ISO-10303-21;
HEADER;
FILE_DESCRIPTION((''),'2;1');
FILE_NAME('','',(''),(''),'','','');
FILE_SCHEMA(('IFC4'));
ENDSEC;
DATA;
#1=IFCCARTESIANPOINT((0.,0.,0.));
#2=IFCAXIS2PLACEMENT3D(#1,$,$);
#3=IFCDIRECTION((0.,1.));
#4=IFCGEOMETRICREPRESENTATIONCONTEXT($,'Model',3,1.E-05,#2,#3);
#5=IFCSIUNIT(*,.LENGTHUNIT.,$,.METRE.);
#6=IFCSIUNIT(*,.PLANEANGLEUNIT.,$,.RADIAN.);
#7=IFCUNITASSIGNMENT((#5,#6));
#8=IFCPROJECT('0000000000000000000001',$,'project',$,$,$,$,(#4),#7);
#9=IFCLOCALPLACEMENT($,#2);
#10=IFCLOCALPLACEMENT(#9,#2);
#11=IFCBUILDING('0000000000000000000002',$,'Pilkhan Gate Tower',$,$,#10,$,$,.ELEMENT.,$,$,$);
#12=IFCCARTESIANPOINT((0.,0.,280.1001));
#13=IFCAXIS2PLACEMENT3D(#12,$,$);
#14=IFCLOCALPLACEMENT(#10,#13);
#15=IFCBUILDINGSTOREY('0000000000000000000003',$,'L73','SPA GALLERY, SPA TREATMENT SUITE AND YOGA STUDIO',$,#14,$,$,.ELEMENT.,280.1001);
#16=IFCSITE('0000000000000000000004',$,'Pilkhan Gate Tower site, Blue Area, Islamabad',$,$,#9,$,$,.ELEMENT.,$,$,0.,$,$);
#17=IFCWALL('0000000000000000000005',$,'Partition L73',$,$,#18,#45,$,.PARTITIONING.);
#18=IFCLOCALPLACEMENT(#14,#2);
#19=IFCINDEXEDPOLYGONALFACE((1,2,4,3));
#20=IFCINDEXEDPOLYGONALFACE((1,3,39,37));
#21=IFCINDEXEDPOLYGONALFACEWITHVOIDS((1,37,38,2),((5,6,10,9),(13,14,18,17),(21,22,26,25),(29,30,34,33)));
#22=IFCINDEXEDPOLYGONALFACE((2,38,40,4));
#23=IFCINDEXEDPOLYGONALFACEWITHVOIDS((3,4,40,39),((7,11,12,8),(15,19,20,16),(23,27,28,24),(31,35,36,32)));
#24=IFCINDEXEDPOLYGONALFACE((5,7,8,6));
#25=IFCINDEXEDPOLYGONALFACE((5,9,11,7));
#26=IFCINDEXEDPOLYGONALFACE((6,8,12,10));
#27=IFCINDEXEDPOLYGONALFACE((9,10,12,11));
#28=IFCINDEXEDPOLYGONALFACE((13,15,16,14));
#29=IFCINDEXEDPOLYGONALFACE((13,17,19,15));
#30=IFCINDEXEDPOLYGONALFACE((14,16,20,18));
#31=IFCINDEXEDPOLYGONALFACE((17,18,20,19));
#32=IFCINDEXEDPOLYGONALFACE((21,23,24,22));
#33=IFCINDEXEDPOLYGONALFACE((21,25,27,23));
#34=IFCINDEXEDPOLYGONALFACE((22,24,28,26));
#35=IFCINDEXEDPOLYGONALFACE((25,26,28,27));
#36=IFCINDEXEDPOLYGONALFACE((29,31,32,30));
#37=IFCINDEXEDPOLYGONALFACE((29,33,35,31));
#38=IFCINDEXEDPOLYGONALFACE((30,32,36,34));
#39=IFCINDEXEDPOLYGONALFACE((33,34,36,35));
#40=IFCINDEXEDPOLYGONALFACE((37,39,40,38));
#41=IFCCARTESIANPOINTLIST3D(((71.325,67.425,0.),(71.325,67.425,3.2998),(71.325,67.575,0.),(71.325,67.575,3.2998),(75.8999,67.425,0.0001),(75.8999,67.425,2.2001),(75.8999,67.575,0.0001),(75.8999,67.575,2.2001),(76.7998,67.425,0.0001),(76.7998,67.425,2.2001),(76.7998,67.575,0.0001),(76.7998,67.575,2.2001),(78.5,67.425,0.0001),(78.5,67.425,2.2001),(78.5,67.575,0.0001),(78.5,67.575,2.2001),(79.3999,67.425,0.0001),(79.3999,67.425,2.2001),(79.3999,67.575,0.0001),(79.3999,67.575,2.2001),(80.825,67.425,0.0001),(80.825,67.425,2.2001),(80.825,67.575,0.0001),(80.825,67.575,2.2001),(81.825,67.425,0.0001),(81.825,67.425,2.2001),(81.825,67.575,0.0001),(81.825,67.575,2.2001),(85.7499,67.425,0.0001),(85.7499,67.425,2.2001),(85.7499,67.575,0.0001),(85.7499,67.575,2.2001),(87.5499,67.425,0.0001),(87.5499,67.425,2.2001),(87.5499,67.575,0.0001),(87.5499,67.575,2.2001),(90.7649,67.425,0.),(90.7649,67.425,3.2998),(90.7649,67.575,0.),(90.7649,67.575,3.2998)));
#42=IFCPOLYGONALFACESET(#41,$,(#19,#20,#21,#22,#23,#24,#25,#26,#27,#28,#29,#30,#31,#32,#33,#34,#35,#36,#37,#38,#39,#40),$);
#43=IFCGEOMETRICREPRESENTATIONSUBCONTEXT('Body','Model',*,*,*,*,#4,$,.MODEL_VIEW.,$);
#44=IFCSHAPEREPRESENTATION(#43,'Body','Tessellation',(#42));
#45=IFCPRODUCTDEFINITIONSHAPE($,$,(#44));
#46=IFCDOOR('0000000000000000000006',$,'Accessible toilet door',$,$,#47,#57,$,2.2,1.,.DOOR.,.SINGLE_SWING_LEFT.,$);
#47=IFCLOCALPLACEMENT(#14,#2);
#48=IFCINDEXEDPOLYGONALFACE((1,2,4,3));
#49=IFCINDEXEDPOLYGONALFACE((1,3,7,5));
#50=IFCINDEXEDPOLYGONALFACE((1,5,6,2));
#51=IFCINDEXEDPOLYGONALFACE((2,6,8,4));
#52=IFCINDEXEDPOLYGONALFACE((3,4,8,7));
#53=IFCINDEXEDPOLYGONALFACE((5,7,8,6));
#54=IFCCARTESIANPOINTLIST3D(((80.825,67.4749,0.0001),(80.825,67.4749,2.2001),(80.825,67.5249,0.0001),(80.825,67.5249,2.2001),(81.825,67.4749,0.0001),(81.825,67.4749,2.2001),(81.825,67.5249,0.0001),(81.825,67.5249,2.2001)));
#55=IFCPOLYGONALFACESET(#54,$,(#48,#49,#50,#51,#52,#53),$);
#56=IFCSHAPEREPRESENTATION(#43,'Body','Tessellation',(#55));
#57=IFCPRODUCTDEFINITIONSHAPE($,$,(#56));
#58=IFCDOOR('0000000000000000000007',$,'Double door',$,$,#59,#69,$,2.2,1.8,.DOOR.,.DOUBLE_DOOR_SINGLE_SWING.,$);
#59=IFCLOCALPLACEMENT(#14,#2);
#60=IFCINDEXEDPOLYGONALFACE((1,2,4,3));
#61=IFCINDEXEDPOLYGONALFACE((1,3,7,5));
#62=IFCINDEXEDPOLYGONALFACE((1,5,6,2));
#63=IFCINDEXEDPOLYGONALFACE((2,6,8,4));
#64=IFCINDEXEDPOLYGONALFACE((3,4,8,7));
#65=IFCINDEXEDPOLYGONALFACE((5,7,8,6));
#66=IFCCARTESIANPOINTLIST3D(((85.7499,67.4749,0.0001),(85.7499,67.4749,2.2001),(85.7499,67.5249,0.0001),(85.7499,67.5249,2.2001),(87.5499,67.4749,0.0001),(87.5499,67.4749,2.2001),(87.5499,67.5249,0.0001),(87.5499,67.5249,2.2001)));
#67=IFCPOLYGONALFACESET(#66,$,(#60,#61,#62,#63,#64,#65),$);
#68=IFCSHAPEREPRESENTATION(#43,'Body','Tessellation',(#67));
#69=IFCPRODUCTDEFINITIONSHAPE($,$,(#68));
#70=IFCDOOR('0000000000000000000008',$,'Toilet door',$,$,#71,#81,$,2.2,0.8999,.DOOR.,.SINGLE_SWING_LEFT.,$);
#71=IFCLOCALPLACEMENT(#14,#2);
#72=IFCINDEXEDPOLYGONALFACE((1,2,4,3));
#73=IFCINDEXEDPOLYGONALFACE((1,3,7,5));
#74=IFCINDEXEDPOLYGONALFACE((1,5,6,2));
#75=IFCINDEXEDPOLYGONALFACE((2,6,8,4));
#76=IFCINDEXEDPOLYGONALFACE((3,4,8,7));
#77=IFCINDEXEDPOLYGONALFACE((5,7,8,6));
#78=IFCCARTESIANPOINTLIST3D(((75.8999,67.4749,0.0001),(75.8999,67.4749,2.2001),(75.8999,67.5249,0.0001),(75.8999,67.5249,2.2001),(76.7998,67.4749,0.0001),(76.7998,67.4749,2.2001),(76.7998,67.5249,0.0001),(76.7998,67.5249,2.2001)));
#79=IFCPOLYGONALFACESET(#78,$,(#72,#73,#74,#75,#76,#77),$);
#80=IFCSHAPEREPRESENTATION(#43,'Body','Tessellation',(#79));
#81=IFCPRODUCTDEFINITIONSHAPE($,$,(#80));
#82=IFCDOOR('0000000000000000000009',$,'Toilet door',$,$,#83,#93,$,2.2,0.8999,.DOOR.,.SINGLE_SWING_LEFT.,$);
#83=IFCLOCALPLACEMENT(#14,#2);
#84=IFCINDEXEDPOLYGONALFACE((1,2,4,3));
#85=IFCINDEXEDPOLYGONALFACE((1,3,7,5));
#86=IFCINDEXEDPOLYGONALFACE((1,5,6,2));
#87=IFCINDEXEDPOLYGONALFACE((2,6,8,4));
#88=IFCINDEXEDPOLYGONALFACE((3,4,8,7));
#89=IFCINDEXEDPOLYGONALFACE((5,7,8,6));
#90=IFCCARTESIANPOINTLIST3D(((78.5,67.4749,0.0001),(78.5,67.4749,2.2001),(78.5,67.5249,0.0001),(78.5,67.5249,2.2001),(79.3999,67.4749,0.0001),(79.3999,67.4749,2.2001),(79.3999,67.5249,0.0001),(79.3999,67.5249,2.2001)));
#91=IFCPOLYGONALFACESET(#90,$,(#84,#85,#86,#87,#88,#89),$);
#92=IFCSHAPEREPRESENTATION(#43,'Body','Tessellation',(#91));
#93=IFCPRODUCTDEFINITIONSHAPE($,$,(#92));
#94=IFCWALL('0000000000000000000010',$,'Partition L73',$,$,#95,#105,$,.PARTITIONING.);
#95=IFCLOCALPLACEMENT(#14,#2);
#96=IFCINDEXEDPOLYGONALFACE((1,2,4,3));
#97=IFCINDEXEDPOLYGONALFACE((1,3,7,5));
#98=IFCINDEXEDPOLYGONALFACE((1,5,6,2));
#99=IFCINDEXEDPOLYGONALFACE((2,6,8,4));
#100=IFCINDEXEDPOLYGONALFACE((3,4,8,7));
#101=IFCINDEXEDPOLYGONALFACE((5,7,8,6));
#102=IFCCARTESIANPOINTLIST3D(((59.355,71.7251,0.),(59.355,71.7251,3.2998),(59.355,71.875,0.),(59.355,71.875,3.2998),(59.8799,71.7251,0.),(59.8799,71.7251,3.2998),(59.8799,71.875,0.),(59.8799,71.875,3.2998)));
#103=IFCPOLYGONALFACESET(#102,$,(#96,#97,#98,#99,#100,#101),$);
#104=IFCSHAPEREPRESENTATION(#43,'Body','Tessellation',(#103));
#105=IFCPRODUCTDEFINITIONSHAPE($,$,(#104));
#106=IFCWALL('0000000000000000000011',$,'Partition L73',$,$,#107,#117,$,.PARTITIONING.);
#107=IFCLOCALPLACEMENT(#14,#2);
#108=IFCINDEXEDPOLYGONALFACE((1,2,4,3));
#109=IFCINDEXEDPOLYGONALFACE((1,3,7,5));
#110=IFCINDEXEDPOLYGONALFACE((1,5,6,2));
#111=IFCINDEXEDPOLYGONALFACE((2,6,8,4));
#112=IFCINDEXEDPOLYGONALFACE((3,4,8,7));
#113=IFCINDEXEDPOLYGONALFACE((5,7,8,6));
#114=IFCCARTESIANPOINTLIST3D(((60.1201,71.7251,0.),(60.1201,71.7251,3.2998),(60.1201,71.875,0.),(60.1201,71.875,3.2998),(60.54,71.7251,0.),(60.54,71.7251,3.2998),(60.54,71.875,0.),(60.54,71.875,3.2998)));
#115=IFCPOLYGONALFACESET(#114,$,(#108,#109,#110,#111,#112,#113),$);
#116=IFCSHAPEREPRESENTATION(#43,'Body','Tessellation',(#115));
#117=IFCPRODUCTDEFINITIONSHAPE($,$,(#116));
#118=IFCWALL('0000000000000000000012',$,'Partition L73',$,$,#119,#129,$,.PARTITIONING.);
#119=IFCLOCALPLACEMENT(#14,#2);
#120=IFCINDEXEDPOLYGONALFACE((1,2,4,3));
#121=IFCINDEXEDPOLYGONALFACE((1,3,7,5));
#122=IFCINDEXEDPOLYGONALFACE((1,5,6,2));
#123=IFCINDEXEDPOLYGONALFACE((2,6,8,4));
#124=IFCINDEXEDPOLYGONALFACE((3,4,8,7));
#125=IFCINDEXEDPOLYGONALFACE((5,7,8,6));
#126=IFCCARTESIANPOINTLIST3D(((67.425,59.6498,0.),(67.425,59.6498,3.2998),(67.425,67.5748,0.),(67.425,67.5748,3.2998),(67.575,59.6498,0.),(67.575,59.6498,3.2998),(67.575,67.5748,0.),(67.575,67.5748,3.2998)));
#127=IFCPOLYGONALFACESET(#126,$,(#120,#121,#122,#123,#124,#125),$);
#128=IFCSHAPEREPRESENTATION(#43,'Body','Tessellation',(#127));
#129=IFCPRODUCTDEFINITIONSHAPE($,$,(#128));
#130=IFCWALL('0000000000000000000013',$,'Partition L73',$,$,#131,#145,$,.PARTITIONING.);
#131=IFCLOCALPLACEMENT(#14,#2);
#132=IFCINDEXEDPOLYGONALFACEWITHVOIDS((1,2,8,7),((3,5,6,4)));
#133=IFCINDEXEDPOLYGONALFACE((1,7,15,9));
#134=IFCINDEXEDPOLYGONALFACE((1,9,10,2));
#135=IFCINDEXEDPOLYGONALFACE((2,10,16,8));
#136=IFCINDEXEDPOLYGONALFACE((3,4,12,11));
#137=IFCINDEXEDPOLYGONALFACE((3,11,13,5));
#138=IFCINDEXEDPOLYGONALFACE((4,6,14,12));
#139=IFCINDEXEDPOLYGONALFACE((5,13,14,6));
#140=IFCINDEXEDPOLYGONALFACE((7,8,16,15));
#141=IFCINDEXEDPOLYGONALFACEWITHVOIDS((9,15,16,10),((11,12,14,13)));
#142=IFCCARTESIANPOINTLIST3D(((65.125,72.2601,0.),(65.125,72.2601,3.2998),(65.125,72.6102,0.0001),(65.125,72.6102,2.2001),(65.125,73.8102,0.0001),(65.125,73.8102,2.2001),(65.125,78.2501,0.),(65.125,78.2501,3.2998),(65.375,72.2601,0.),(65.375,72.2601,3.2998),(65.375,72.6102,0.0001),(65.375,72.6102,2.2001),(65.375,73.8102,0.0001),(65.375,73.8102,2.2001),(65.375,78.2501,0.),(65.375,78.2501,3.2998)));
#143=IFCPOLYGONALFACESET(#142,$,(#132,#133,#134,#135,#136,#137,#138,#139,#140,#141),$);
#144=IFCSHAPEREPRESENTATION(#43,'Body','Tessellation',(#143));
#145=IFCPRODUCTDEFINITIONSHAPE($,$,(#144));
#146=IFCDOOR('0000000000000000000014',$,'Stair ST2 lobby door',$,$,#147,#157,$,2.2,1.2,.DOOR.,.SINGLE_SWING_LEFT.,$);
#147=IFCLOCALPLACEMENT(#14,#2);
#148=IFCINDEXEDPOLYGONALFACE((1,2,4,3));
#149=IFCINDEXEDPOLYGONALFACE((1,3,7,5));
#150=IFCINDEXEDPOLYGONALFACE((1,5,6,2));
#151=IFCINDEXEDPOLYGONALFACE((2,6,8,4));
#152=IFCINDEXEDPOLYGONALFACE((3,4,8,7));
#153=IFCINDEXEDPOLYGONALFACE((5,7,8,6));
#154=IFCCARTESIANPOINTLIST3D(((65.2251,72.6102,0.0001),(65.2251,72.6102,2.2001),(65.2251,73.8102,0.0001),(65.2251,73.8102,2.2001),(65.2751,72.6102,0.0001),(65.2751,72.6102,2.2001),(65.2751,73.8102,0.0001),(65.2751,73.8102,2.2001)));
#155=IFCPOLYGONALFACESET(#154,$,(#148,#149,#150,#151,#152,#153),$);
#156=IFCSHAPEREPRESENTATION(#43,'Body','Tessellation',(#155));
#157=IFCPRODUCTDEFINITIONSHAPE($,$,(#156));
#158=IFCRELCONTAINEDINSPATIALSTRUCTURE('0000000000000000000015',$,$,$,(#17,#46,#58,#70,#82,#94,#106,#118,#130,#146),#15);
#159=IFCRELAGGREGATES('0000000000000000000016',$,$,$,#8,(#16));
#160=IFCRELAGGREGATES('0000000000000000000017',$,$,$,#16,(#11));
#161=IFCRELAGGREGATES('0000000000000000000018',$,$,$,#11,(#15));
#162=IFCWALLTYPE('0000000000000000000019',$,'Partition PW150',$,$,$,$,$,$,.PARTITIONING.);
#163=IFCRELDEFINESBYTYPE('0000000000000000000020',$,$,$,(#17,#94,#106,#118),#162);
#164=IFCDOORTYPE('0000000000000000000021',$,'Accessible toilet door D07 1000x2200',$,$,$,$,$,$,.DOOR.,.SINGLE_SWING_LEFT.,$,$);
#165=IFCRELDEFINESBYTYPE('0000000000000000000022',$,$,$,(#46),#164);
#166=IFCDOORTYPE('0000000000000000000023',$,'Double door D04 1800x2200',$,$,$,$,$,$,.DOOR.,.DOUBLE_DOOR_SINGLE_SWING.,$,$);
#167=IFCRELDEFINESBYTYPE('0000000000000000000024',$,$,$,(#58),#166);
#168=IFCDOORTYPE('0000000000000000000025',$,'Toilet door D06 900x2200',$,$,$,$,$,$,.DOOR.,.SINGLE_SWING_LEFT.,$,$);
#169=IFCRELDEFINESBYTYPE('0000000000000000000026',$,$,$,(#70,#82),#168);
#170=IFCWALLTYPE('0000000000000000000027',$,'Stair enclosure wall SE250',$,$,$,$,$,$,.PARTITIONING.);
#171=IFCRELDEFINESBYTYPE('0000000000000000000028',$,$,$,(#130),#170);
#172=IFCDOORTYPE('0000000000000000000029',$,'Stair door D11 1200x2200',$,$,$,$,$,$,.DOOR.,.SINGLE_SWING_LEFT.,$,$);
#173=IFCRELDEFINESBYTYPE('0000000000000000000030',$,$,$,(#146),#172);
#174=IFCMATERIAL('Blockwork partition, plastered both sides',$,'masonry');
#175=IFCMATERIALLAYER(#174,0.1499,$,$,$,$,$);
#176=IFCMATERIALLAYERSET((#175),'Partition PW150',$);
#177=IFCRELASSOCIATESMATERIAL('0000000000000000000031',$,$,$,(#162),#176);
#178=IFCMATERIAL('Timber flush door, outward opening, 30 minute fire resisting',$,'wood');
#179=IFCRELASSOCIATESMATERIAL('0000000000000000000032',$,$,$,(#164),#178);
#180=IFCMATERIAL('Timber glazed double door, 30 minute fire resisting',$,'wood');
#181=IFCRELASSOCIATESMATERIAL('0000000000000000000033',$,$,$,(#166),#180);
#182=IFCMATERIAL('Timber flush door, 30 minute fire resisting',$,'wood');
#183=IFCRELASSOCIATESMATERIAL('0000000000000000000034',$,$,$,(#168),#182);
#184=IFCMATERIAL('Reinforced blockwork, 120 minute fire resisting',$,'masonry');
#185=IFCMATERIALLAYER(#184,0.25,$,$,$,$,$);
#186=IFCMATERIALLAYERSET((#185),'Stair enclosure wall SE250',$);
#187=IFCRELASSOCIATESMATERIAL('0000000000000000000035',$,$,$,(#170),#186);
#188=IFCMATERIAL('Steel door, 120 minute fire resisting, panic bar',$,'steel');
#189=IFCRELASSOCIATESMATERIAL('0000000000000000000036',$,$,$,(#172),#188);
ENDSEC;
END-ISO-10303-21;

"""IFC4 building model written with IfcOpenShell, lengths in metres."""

from ifc_helpers import new_model, si_unit, direction, frame, frame_2d, origin, place, context, subcontext, project, spatial, rectangle, extrude, material, layer, layer_set, type_object, element, fill, save


model = new_model("IFC4")

# Units and contexts
model_context = context("Model", 3, precision=1e-05, world=origin(), true_north=direction((0.0, 1.0)))
body_context = subcontext(model_context, "Body", "Model", "MODEL_VIEW")
ifc_project = project(units=[si_unit("LENGTHUNIT", "METRE"), si_unit("PLANEANGLEUNIT", "RADIAN")], contexts=[model_context])

# Site, building, storey
site_placement = place(None, origin())
site = spatial("IfcSite", under=ifc_project, at=site_placement, Name="Pilkhan Gate Tower site, Blue Area, Islamabad", CompositionType="ELEMENT", RefElevation=0.0)
building_placement = place(site_placement, origin())
building = spatial("IfcBuilding", under=site, at=building_placement, Name="Pilkhan Gate Tower", CompositionType="ELEMENT")
storey_placement = place(building_placement, frame((0.0, 0.0, 280.1001)))
storey = spatial("IfcBuildingStorey", under=building, at=storey_placement, Name="L73", Description="SPA GALLERY, SPA TREATMENT SUITE AND YOGA STUDIO", CompositionType="ELEMENT", Elevation=280.1001)

# Shared definitions
ifc_material_1 = material(Name="Blockwork partition, plastered both sides", Category="masonry")
ifc_layer_1 = layer(ifc_material_1, 0.1499)
ifc_layer_set_1 = layer_set([ifc_layer_1], Name="Partition PW150")
wall_type_1 = type_object("IfcWallType", Name="Partition PW150", PredefinedType="PARTITIONING", material=ifc_layer_set_1)

# Shared definitions
ifc_material_2 = material(Name="Timber flush door, 30 minute fire resisting", Category="wood")

# Wall, openings, doors
wall_1_placement = place(storey_placement, frame((71.325, 67.5, 0.0), z_axis=(0.0, 0.0, 1.0), x_axis=(1.0, 0.0, 0.0)))
wall_1 = element("IfcWall", 1, at=wall_1_placement, inside=storey, type_object=wall_type_1, Name="Partition L73", PredefinedType="PARTITIONING", context=body_context, shape_type="SweptSolid", body=[
    extrude(rectangle(XDim=19.4399, YDim=0.1499, at=frame_2d((9.72, 0.0))), origin(), (0.0, 0.0, 1.0), 3.2998),
])
opening_1_placement = place(wall_1_placement, frame((4.575, 0.0, 0.0)))
opening_1 = element("IfcOpeningElement", 2, at=opening_1_placement, cuts=wall_1, PredefinedType="OPENING", context=body_context, shape_type="SweptSolid", body=[
    extrude(rectangle(XDim=0.8999, YDim=2.2, at=frame_2d((0.45, 1.1001))), frame((0.0, 0.085, 0.0), z_axis=(0.0, -1.0, 0.0), x_axis=(1.0, 0.0, 0.0)), (0.0, 0.0, 1.0), 0.1699),
])
opening_2_placement = place(wall_1_placement, frame((7.175, 0.0, 0.0)))
opening_2 = element("IfcOpeningElement", 3, at=opening_2_placement, cuts=wall_1, PredefinedType="OPENING", context=body_context, shape_type="SweptSolid", body=[
    extrude(rectangle(XDim=0.8999, YDim=2.2, at=frame_2d((0.45, 1.1001))), frame((0.0, 0.085, 0.0), z_axis=(0.0, -1.0, 0.0), x_axis=(1.0, 0.0, 0.0)), (0.0, 0.0, 1.0), 0.1699),
])
opening_3_placement = place(wall_1_placement, frame((9.5, 0.0, 0.0)))
opening_3 = element("IfcOpeningElement", 4, at=opening_3_placement, cuts=wall_1, PredefinedType="OPENING", context=body_context, shape_type="SweptSolid", body=[
    extrude(rectangle(XDim=1.0, YDim=2.2, at=frame_2d((0.5, 1.1001))), frame((0.0, 0.085, 0.0), z_axis=(0.0, -1.0, 0.0), x_axis=(1.0, 0.0, 0.0)), (0.0, 0.0, 1.0), 0.1699),
])
opening_4_placement = place(wall_1_placement, frame((14.425, 0.0, 0.0)))
opening_4 = element("IfcOpeningElement", 5, at=opening_4_placement, cuts=wall_1, PredefinedType="OPENING", context=body_context, shape_type="SweptSolid", body=[
    extrude(rectangle(XDim=1.8, YDim=2.2, at=frame_2d((0.8999, 1.1001))), frame((0.0, 0.085, 0.0), z_axis=(0.0, -1.0, 0.0), x_axis=(1.0, 0.0, 0.0)), (0.0, 0.0, 1.0), 0.1699),
])
ifc_material_3 = material(Name="Timber flush door, outward opening, 30 minute fire resisting", Category="wood")
door_type_1 = type_object("IfcDoorType", Name="Accessible toilet door D07 1000x2200", OperationType="SINGLE_SWING_LEFT", PredefinedType="DOOR", material=ifc_material_3)
door_1_placement = place(opening_3_placement, origin())
door_1 = element("IfcDoor", 6, at=door_1_placement, inside=storey, type_object=door_type_1, Name="Accessible toilet door", OperationType="SINGLE_SWING_LEFT", OverallHeight=2.2, OverallWidth=1.0, PredefinedType="DOOR", context=body_context, shape_type="SweptSolid", body=[
    extrude(rectangle(XDim=1.0, YDim=2.2, at=frame_2d((0.5, 1.1001))), frame((0.0, 0.0249, 0.0), z_axis=(0.0, -1.0, 0.0), x_axis=(1.0, 0.0, 0.0)), (0.0, 0.0, 1.0), 0.05),
])
fill(opening_3, door_1)
ifc_material_4 = material(Name="Timber glazed double door, 30 minute fire resisting", Category="wood")
door_type_2 = type_object("IfcDoorType", Name="Double door D04 1800x2200", OperationType="DOUBLE_DOOR_SINGLE_SWING", PredefinedType="DOOR", material=ifc_material_4)
door_2_placement = place(opening_4_placement, origin())
door_2 = element("IfcDoor", 7, at=door_2_placement, inside=storey, type_object=door_type_2, Name="Double door", OperationType="DOUBLE_DOOR_SINGLE_SWING", OverallHeight=2.2, OverallWidth=1.8, PredefinedType="DOOR", context=body_context, shape_type="SweptSolid", body=[
    extrude(rectangle(XDim=1.8, YDim=2.2, at=frame_2d((0.8999, 1.1001))), frame((0.0, 0.0249, 0.0), z_axis=(0.0, -1.0, 0.0), x_axis=(1.0, 0.0, 0.0)), (0.0, 0.0, 1.0), 0.05),
])
fill(opening_4, door_2)
door_type_3 = type_object("IfcDoorType", Name="Toilet door D06 900x2200", OperationType="SINGLE_SWING_LEFT", PredefinedType="DOOR", material=ifc_material_2)
door_3_placement = place(opening_1_placement, origin())
door_3 = element("IfcDoor", 8, at=door_3_placement, inside=storey, type_object=door_type_3, Name="Toilet door", OperationType="SINGLE_SWING_LEFT", OverallHeight=2.2, OverallWidth=0.8999, PredefinedType="DOOR", context=body_context, shape_type="SweptSolid", body=[
    extrude(rectangle(XDim=0.8999, YDim=2.2, at=frame_2d((0.45, 1.1001))), frame((0.0, 0.0249, 0.0), z_axis=(0.0, -1.0, 0.0), x_axis=(1.0, 0.0, 0.0)), (0.0, 0.0, 1.0), 0.05),
])
fill(opening_1, door_3)
door_4_placement = place(opening_2_placement, origin())
door_4 = element("IfcDoor", 9, at=door_4_placement, inside=storey, type_object=door_type_3, Name="Toilet door", OperationType="SINGLE_SWING_LEFT", OverallHeight=2.2, OverallWidth=0.8999, PredefinedType="DOOR", context=body_context, shape_type="SweptSolid", body=[
    extrude(rectangle(XDim=0.8999, YDim=2.2, at=frame_2d((0.45, 1.1001))), frame((0.0, 0.0249, 0.0), z_axis=(0.0, -1.0, 0.0), x_axis=(1.0, 0.0, 0.0)), (0.0, 0.0, 1.0), 0.05),
])
fill(opening_2, door_4)

# Walls
wall_2_placement = place(storey_placement, frame((59.355, 71.8, 0.0), z_axis=(0.0, 0.0, 1.0), x_axis=(1.0, 0.0, 0.0)))
element("IfcWall", 10, at=wall_2_placement, inside=storey, type_object=wall_type_1, Name="Partition L73", PredefinedType="PARTITIONING", context=body_context, shape_type="SweptSolid", body=[
    extrude(rectangle(XDim=0.5249, YDim=0.1499, at=frame_2d((0.2625, 0.0))), origin(), (0.0, 0.0, 1.0), 3.2998),
])
wall_3_placement = place(storey_placement, frame((60.1201, 71.8, 0.0), z_axis=(0.0, 0.0, 1.0), x_axis=(1.0, 0.0, 0.0)))
element("IfcWall", 11, at=wall_3_placement, inside=storey, type_object=wall_type_1, Name="Partition L73", PredefinedType="PARTITIONING", context=body_context, shape_type="SweptSolid", body=[
    extrude(rectangle(XDim=0.4199, YDim=0.1499, at=frame_2d((0.21, 0.0))), origin(), (0.0, 0.0, 1.0), 3.2998),
])
wall_4_placement = place(storey_placement, frame((67.5, 59.6499, 0.0), z_axis=(0.0, 0.0, 1.0), x_axis=(0.0, 1.0, 0.0)))
element("IfcWall", 12, at=wall_4_placement, inside=storey, type_object=wall_type_1, Name="Partition L73", PredefinedType="PARTITIONING", context=body_context, shape_type="SweptSolid", body=[
    extrude(rectangle(XDim=7.925, YDim=0.1499, at=frame_2d((3.9624, 0.0))), origin(), (0.0, 0.0, 1.0), 3.2998),
])

# Wall, opening, door
ifc_material_5 = material(Name="Reinforced blockwork, 120 minute fire resisting", Category="masonry")
ifc_layer_2 = layer(ifc_material_5, 0.25)
ifc_layer_set_2 = layer_set([ifc_layer_2], Name="Stair enclosure wall SE250")
wall_type_2 = type_object("IfcWallType", Name="Stair enclosure wall SE250", PredefinedType="PARTITIONING", material=ifc_layer_set_2)
wall_5_placement = place(storey_placement, frame((65.25, 72.26, 0.0), z_axis=(0.0, 0.0, 1.0), x_axis=(0.0, 1.0, 0.0)))
wall_5 = element("IfcWall", 13, at=wall_5_placement, inside=storey, type_object=wall_type_2, Name="Partition L73", PredefinedType="PARTITIONING", context=body_context, shape_type="SweptSolid", body=[
    extrude(rectangle(XDim=5.99, YDim=0.25, at=frame_2d((2.9951, 0.0))), origin(), (0.0, 0.0, 1.0), 3.2998),
])
opening_5_placement = place(wall_5_placement, frame((0.3501, 0.0, 0.0)))
opening_5 = element("IfcOpeningElement", 14, at=opening_5_placement, cuts=wall_5, PredefinedType="OPENING", context=body_context, shape_type="SweptSolid", body=[
    extrude(rectangle(XDim=1.2, YDim=2.2, at=frame_2d((0.6001, 1.1001))), frame((0.0, 0.135, 0.0), z_axis=(0.0, -1.0, 0.0), x_axis=(1.0, 0.0, 0.0)), (0.0, 0.0, 1.0), 0.27),
])
ifc_material_6 = material(Name="Steel door, 120 minute fire resisting, panic bar", Category="steel")
door_type_4 = type_object("IfcDoorType", Name="Stair door D11 1200x2200", OperationType="SINGLE_SWING_LEFT", PredefinedType="DOOR", material=ifc_material_6)
door_5_placement = place(opening_5_placement, origin())
door_5 = element("IfcDoor", 15, at=door_5_placement, inside=storey, type_object=door_type_4, Name="Stair ST2 lobby door", OperationType="SINGLE_SWING_LEFT", OverallHeight=2.2, OverallWidth=1.2, PredefinedType="DOOR", context=body_context, shape_type="SweptSolid", body=[
    extrude(rectangle(XDim=1.2, YDim=2.2, at=frame_2d((0.6001, 1.1001))), frame((0.0, 0.0249, 0.0), z_axis=(0.0, -1.0, 0.0), x_axis=(1.0, 0.0, 0.0)), (0.0, 0.0, 1.0), 0.05),
])
fill(opening_5, door_5)

save(model, "model.ifc")
